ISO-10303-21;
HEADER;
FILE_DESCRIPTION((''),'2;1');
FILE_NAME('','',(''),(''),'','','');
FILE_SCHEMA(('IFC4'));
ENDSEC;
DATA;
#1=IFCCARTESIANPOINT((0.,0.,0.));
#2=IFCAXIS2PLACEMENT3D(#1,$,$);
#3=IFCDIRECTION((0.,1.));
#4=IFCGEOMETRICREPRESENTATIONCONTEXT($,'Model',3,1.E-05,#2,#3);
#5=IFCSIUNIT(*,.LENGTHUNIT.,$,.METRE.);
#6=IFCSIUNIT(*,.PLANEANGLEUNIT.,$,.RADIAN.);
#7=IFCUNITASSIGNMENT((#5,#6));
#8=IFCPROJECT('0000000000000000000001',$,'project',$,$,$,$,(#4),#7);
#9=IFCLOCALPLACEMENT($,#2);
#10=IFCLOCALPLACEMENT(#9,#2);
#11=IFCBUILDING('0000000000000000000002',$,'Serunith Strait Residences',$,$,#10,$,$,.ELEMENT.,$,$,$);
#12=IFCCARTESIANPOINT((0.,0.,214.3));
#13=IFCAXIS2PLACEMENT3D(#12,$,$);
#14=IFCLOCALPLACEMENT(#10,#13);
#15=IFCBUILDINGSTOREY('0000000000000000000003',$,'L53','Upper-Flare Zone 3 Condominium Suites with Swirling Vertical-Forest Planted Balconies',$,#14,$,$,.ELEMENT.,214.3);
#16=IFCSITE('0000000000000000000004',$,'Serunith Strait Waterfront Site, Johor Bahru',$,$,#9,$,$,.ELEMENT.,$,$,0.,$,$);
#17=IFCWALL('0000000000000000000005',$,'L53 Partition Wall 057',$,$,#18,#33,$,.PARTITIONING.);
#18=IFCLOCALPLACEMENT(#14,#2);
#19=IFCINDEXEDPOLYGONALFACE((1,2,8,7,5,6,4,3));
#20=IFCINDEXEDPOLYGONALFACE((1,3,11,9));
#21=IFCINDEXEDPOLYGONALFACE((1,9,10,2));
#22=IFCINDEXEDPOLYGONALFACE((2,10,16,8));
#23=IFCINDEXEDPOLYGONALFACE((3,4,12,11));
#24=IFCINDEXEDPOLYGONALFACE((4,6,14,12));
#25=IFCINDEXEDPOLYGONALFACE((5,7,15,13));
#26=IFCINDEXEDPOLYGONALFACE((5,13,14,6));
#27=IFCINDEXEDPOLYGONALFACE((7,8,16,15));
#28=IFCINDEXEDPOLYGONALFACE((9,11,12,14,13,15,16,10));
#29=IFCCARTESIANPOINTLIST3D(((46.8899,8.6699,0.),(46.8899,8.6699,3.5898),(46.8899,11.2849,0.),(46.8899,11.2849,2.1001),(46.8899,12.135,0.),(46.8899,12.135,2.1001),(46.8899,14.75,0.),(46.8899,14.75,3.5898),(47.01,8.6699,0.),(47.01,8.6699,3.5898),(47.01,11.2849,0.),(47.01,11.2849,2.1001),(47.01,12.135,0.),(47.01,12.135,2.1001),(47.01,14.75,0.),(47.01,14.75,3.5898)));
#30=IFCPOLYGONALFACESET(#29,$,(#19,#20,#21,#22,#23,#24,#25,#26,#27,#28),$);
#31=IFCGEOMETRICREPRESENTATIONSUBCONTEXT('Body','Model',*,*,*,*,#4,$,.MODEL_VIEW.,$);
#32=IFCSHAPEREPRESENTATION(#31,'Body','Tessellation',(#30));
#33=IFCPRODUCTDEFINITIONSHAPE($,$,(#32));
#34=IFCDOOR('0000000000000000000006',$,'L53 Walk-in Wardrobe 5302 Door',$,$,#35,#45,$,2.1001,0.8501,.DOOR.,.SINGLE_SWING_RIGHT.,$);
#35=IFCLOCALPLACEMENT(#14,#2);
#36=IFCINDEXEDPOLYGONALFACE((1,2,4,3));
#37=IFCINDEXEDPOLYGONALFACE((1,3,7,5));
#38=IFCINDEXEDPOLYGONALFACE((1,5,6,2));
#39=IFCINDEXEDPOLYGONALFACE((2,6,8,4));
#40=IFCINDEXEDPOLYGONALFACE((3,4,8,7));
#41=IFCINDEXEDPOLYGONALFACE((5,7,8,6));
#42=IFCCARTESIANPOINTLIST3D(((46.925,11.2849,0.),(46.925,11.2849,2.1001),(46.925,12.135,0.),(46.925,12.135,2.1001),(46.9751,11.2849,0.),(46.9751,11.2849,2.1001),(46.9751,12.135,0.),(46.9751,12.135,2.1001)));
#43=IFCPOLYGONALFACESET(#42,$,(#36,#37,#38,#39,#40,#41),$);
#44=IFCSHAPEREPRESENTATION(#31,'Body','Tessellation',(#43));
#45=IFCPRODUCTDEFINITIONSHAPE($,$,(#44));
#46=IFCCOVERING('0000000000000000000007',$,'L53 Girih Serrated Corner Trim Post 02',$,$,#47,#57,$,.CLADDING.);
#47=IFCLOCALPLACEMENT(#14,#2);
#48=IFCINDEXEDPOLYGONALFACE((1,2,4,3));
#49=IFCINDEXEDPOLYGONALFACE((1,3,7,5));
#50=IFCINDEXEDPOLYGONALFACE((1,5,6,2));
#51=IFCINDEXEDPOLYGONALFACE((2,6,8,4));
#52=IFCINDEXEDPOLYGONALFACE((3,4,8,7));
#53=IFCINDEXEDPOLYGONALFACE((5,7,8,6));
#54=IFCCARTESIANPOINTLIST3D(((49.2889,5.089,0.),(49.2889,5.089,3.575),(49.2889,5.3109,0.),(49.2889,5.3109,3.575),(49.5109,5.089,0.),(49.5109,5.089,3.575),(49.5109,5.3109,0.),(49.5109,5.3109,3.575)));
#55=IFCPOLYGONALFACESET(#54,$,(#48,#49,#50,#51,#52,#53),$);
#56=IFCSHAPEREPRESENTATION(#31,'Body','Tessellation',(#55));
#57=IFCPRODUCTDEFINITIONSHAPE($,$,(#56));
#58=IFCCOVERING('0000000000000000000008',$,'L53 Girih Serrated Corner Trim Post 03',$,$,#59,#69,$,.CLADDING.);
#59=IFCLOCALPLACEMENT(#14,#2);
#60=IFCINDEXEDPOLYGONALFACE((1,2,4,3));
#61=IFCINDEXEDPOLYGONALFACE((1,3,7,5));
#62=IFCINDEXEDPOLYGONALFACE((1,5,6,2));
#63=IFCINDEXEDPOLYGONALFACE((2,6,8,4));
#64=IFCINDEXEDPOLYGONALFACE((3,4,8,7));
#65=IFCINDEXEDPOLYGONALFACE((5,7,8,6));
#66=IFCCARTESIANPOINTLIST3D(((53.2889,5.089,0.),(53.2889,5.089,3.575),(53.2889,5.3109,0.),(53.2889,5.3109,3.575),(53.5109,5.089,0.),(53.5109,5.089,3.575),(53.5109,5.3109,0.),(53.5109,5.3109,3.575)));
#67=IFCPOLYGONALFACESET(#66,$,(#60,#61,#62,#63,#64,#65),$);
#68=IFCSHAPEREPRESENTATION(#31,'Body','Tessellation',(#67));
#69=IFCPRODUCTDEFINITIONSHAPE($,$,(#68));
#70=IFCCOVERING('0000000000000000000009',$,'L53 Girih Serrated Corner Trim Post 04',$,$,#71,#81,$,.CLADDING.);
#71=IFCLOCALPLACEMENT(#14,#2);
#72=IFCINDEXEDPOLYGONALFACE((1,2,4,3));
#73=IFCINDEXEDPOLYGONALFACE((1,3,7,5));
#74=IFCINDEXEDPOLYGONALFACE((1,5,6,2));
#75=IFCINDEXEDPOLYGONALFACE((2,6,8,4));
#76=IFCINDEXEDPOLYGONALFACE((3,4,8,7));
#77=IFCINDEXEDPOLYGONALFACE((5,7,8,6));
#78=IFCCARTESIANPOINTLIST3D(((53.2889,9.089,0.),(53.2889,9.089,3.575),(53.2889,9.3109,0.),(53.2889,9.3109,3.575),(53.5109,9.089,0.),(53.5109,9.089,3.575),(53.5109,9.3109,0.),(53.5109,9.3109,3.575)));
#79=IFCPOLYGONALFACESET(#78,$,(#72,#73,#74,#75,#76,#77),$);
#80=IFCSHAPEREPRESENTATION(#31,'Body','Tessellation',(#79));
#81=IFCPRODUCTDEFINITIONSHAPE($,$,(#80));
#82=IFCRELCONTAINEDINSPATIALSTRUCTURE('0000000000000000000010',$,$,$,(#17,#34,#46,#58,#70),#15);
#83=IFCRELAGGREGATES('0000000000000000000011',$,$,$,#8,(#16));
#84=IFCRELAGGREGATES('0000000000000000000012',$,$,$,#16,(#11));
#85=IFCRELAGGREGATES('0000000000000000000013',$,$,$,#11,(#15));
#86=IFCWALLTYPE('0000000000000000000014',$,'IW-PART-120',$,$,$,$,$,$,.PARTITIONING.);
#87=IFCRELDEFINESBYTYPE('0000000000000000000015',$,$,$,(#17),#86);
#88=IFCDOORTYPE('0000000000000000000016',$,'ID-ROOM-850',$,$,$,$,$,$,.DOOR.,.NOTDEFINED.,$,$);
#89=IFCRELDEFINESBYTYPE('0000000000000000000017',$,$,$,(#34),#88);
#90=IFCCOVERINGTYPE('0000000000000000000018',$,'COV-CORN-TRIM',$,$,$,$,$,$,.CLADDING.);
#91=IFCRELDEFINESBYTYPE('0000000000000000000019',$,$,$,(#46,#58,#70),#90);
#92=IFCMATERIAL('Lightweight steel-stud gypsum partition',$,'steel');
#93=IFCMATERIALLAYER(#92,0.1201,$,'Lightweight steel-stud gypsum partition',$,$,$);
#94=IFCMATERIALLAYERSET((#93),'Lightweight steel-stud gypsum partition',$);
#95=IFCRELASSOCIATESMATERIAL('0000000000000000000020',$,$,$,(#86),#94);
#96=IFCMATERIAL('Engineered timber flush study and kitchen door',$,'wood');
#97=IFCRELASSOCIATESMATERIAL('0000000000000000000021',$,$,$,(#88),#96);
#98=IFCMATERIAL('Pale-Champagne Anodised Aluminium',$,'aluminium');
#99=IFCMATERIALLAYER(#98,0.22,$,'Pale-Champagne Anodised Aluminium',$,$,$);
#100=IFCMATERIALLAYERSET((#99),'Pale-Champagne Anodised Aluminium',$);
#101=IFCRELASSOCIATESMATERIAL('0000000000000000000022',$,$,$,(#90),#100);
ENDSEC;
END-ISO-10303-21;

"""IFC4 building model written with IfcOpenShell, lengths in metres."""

from ifc_helpers import new_model, si_unit, direction, frame, frame_2d, origin, origin_2d, place, context, subcontext, project, spatial, rectangle, extrude, source, transform, mapped, material, layer, layer_set, type_object, element, fill, save


model = new_model("IFC4")

# Units and contexts
model_context = context("Model", 3, precision=1e-05, world=origin(), true_north=direction((0.0, 1.0)))
body_context = subcontext(model_context, "Body", "Model", "MODEL_VIEW")
ifc_project = project(units=[si_unit("LENGTHUNIT", "METRE"), si_unit("PLANEANGLEUNIT", "RADIAN")], contexts=[model_context])

# Site, building, storey
site_placement = place(None, origin())
site = spatial("IfcSite", under=ifc_project, at=site_placement, Name="Serunith Strait Waterfront Site, Johor Bahru", CompositionType="ELEMENT", RefElevation=0.0)
building_placement = place(site_placement, origin())
building = spatial("IfcBuilding", under=site, at=building_placement, Name="Serunith Strait Residences", CompositionType="ELEMENT")
storey_placement = place(building_placement, frame((0.0, 0.0, 214.3)))
storey = spatial("IfcBuildingStorey", under=building, at=storey_placement, Name="L53", Description="Upper-Flare Zone 3 Condominium Suites with Swirling Vertical-Forest Planted Balconies", CompositionType="ELEMENT", Elevation=214.3)

# Shared definitions
ifc_material_1 = material(Name="Pale-Champagne Anodised Aluminium", Category="aluminium")

# Shared definitions
ifc_material_2 = material(Name="Lightweight steel-stud gypsum partition", Category="steel")
ifc_layer_1 = layer(ifc_material_2, 0.1201, Name="Lightweight steel-stud gypsum partition")
ifc_layer_set_1 = layer_set([ifc_layer_1], Name="Lightweight steel-stud gypsum partition")
wall_type_1 = type_object("IfcWallType", Name="IW-PART-120", PredefinedType="PARTITIONING", material=ifc_layer_set_1)

# Wall, opening, door
wall_1_placement = place(storey_placement, frame((46.95, 8.6699, 0.0), z_axis=(0.0, 0.0, 1.0), x_axis=(0.0, 1.0, 0.0)))
wall_1 = element("IfcWall", 1, at=wall_1_placement, inside=storey, type_object=wall_type_1, Name="L53 Partition Wall 057", PredefinedType="PARTITIONING", context=body_context, shape_type="SweptSolid", body=[
    extrude(rectangle(XDim=6.0801, YDim=0.1201, at=frame_2d((3.04, 0.0))), origin(), (0.0, 0.0, 1.0), 3.5898),
])
opening_1_placement = place(wall_1_placement, frame((2.615, 0.0, 0.0)))
opening_1 = element("IfcOpeningElement", 2, at=opening_1_placement, cuts=wall_1, PredefinedType="OPENING", context=body_context, shape_type="SweptSolid", body=[
    extrude(rectangle(XDim=0.8501, YDim=2.1001, at=frame_2d((0.425, 1.05))), frame((0.0, 0.0701, 0.0), z_axis=(0.0, -1.0, 0.0), x_axis=(1.0, 0.0, 0.0)), (0.0, 0.0, 1.0), 0.1401),
])
ifc_material_3 = material(Name="Engineered timber flush study and kitchen door", Category="wood")
door_type_1 = type_object("IfcDoorType", Name="ID-ROOM-850", OperationType="NOTDEFINED", PredefinedType="DOOR", material=ifc_material_3)
shared_shape_1 = source(origin(), body_context, "Body", "SweptSolid", [
    extrude(rectangle(XDim=0.8501, YDim=2.1001, at=frame_2d((0.425, 1.05))), frame((0.0, 0.0249, 0.0), z_axis=(0.0, -1.0, 0.0), x_axis=(1.0, 0.0, 0.0)), (0.0, 0.0, 1.0), 0.05),
])
door_1_placement = place(opening_1_placement, origin())
door_1 = element("IfcDoor", 3, at=door_1_placement, inside=storey, type_object=door_type_1, Name="L53 Walk-in Wardrobe 5302 Door", OperationType="SINGLE_SWING_RIGHT", OverallHeight=2.1001, OverallWidth=0.8501, PredefinedType="DOOR", context=body_context, shape_type="MappedRepresentation", body=[
    mapped(shared_shape_1, transform((0.0, 0.0, 0.0), scale=1.0)),
])
fill(opening_1, door_1)

# Coverings
ifc_layer_2 = layer(ifc_material_1, 0.22, Name="Pale-Champagne Anodised Aluminium")
ifc_layer_set_2 = layer_set([ifc_layer_2], Name="Pale-Champagne Anodised Aluminium")
covering_type = type_object("IfcCoveringType", Name="COV-CORN-TRIM", PredefinedType="CLADDING", material=ifc_layer_set_2)
shared_shape_2 = source(origin(), body_context, "Body", "SweptSolid", [
    extrude(rectangle(XDim=0.2219, YDim=0.2219, at=origin_2d()), origin(), (0.0, 0.0, 1.0), 3.575),
])
for number, where, z_axis, x_axis, name in (
    (4, (49.3999, 5.2, 0.0), (0.0, 0.0, 1.0), (1.0, 0.0, 0.0), "L53 Girih Serrated Corner Trim Post 02"),
    (5, (53.3999, 5.2, 0.0), (0.0, 0.0, 1.0), (1.0, 0.0, 0.0), "L53 Girih Serrated Corner Trim Post 03"),
    (6, (53.3999, 9.2, 0.0), (0.0, 0.0, 1.0), (1.0, 0.0, 0.0), "L53 Girih Serrated Corner Trim Post 04"),
):
    element("IfcCovering", number, at=place(storey_placement, frame(where, z_axis=z_axis, x_axis=x_axis)), inside=storey, type_object=covering_type, Name=name, PredefinedType="CLADDING", context=body_context, shape_type="MappedRepresentation", body=[
        mapped(shared_shape_2, transform((0.0, 0.0, 0.0), scale=1.0)),
    ])

save(model, "model.ifc")
